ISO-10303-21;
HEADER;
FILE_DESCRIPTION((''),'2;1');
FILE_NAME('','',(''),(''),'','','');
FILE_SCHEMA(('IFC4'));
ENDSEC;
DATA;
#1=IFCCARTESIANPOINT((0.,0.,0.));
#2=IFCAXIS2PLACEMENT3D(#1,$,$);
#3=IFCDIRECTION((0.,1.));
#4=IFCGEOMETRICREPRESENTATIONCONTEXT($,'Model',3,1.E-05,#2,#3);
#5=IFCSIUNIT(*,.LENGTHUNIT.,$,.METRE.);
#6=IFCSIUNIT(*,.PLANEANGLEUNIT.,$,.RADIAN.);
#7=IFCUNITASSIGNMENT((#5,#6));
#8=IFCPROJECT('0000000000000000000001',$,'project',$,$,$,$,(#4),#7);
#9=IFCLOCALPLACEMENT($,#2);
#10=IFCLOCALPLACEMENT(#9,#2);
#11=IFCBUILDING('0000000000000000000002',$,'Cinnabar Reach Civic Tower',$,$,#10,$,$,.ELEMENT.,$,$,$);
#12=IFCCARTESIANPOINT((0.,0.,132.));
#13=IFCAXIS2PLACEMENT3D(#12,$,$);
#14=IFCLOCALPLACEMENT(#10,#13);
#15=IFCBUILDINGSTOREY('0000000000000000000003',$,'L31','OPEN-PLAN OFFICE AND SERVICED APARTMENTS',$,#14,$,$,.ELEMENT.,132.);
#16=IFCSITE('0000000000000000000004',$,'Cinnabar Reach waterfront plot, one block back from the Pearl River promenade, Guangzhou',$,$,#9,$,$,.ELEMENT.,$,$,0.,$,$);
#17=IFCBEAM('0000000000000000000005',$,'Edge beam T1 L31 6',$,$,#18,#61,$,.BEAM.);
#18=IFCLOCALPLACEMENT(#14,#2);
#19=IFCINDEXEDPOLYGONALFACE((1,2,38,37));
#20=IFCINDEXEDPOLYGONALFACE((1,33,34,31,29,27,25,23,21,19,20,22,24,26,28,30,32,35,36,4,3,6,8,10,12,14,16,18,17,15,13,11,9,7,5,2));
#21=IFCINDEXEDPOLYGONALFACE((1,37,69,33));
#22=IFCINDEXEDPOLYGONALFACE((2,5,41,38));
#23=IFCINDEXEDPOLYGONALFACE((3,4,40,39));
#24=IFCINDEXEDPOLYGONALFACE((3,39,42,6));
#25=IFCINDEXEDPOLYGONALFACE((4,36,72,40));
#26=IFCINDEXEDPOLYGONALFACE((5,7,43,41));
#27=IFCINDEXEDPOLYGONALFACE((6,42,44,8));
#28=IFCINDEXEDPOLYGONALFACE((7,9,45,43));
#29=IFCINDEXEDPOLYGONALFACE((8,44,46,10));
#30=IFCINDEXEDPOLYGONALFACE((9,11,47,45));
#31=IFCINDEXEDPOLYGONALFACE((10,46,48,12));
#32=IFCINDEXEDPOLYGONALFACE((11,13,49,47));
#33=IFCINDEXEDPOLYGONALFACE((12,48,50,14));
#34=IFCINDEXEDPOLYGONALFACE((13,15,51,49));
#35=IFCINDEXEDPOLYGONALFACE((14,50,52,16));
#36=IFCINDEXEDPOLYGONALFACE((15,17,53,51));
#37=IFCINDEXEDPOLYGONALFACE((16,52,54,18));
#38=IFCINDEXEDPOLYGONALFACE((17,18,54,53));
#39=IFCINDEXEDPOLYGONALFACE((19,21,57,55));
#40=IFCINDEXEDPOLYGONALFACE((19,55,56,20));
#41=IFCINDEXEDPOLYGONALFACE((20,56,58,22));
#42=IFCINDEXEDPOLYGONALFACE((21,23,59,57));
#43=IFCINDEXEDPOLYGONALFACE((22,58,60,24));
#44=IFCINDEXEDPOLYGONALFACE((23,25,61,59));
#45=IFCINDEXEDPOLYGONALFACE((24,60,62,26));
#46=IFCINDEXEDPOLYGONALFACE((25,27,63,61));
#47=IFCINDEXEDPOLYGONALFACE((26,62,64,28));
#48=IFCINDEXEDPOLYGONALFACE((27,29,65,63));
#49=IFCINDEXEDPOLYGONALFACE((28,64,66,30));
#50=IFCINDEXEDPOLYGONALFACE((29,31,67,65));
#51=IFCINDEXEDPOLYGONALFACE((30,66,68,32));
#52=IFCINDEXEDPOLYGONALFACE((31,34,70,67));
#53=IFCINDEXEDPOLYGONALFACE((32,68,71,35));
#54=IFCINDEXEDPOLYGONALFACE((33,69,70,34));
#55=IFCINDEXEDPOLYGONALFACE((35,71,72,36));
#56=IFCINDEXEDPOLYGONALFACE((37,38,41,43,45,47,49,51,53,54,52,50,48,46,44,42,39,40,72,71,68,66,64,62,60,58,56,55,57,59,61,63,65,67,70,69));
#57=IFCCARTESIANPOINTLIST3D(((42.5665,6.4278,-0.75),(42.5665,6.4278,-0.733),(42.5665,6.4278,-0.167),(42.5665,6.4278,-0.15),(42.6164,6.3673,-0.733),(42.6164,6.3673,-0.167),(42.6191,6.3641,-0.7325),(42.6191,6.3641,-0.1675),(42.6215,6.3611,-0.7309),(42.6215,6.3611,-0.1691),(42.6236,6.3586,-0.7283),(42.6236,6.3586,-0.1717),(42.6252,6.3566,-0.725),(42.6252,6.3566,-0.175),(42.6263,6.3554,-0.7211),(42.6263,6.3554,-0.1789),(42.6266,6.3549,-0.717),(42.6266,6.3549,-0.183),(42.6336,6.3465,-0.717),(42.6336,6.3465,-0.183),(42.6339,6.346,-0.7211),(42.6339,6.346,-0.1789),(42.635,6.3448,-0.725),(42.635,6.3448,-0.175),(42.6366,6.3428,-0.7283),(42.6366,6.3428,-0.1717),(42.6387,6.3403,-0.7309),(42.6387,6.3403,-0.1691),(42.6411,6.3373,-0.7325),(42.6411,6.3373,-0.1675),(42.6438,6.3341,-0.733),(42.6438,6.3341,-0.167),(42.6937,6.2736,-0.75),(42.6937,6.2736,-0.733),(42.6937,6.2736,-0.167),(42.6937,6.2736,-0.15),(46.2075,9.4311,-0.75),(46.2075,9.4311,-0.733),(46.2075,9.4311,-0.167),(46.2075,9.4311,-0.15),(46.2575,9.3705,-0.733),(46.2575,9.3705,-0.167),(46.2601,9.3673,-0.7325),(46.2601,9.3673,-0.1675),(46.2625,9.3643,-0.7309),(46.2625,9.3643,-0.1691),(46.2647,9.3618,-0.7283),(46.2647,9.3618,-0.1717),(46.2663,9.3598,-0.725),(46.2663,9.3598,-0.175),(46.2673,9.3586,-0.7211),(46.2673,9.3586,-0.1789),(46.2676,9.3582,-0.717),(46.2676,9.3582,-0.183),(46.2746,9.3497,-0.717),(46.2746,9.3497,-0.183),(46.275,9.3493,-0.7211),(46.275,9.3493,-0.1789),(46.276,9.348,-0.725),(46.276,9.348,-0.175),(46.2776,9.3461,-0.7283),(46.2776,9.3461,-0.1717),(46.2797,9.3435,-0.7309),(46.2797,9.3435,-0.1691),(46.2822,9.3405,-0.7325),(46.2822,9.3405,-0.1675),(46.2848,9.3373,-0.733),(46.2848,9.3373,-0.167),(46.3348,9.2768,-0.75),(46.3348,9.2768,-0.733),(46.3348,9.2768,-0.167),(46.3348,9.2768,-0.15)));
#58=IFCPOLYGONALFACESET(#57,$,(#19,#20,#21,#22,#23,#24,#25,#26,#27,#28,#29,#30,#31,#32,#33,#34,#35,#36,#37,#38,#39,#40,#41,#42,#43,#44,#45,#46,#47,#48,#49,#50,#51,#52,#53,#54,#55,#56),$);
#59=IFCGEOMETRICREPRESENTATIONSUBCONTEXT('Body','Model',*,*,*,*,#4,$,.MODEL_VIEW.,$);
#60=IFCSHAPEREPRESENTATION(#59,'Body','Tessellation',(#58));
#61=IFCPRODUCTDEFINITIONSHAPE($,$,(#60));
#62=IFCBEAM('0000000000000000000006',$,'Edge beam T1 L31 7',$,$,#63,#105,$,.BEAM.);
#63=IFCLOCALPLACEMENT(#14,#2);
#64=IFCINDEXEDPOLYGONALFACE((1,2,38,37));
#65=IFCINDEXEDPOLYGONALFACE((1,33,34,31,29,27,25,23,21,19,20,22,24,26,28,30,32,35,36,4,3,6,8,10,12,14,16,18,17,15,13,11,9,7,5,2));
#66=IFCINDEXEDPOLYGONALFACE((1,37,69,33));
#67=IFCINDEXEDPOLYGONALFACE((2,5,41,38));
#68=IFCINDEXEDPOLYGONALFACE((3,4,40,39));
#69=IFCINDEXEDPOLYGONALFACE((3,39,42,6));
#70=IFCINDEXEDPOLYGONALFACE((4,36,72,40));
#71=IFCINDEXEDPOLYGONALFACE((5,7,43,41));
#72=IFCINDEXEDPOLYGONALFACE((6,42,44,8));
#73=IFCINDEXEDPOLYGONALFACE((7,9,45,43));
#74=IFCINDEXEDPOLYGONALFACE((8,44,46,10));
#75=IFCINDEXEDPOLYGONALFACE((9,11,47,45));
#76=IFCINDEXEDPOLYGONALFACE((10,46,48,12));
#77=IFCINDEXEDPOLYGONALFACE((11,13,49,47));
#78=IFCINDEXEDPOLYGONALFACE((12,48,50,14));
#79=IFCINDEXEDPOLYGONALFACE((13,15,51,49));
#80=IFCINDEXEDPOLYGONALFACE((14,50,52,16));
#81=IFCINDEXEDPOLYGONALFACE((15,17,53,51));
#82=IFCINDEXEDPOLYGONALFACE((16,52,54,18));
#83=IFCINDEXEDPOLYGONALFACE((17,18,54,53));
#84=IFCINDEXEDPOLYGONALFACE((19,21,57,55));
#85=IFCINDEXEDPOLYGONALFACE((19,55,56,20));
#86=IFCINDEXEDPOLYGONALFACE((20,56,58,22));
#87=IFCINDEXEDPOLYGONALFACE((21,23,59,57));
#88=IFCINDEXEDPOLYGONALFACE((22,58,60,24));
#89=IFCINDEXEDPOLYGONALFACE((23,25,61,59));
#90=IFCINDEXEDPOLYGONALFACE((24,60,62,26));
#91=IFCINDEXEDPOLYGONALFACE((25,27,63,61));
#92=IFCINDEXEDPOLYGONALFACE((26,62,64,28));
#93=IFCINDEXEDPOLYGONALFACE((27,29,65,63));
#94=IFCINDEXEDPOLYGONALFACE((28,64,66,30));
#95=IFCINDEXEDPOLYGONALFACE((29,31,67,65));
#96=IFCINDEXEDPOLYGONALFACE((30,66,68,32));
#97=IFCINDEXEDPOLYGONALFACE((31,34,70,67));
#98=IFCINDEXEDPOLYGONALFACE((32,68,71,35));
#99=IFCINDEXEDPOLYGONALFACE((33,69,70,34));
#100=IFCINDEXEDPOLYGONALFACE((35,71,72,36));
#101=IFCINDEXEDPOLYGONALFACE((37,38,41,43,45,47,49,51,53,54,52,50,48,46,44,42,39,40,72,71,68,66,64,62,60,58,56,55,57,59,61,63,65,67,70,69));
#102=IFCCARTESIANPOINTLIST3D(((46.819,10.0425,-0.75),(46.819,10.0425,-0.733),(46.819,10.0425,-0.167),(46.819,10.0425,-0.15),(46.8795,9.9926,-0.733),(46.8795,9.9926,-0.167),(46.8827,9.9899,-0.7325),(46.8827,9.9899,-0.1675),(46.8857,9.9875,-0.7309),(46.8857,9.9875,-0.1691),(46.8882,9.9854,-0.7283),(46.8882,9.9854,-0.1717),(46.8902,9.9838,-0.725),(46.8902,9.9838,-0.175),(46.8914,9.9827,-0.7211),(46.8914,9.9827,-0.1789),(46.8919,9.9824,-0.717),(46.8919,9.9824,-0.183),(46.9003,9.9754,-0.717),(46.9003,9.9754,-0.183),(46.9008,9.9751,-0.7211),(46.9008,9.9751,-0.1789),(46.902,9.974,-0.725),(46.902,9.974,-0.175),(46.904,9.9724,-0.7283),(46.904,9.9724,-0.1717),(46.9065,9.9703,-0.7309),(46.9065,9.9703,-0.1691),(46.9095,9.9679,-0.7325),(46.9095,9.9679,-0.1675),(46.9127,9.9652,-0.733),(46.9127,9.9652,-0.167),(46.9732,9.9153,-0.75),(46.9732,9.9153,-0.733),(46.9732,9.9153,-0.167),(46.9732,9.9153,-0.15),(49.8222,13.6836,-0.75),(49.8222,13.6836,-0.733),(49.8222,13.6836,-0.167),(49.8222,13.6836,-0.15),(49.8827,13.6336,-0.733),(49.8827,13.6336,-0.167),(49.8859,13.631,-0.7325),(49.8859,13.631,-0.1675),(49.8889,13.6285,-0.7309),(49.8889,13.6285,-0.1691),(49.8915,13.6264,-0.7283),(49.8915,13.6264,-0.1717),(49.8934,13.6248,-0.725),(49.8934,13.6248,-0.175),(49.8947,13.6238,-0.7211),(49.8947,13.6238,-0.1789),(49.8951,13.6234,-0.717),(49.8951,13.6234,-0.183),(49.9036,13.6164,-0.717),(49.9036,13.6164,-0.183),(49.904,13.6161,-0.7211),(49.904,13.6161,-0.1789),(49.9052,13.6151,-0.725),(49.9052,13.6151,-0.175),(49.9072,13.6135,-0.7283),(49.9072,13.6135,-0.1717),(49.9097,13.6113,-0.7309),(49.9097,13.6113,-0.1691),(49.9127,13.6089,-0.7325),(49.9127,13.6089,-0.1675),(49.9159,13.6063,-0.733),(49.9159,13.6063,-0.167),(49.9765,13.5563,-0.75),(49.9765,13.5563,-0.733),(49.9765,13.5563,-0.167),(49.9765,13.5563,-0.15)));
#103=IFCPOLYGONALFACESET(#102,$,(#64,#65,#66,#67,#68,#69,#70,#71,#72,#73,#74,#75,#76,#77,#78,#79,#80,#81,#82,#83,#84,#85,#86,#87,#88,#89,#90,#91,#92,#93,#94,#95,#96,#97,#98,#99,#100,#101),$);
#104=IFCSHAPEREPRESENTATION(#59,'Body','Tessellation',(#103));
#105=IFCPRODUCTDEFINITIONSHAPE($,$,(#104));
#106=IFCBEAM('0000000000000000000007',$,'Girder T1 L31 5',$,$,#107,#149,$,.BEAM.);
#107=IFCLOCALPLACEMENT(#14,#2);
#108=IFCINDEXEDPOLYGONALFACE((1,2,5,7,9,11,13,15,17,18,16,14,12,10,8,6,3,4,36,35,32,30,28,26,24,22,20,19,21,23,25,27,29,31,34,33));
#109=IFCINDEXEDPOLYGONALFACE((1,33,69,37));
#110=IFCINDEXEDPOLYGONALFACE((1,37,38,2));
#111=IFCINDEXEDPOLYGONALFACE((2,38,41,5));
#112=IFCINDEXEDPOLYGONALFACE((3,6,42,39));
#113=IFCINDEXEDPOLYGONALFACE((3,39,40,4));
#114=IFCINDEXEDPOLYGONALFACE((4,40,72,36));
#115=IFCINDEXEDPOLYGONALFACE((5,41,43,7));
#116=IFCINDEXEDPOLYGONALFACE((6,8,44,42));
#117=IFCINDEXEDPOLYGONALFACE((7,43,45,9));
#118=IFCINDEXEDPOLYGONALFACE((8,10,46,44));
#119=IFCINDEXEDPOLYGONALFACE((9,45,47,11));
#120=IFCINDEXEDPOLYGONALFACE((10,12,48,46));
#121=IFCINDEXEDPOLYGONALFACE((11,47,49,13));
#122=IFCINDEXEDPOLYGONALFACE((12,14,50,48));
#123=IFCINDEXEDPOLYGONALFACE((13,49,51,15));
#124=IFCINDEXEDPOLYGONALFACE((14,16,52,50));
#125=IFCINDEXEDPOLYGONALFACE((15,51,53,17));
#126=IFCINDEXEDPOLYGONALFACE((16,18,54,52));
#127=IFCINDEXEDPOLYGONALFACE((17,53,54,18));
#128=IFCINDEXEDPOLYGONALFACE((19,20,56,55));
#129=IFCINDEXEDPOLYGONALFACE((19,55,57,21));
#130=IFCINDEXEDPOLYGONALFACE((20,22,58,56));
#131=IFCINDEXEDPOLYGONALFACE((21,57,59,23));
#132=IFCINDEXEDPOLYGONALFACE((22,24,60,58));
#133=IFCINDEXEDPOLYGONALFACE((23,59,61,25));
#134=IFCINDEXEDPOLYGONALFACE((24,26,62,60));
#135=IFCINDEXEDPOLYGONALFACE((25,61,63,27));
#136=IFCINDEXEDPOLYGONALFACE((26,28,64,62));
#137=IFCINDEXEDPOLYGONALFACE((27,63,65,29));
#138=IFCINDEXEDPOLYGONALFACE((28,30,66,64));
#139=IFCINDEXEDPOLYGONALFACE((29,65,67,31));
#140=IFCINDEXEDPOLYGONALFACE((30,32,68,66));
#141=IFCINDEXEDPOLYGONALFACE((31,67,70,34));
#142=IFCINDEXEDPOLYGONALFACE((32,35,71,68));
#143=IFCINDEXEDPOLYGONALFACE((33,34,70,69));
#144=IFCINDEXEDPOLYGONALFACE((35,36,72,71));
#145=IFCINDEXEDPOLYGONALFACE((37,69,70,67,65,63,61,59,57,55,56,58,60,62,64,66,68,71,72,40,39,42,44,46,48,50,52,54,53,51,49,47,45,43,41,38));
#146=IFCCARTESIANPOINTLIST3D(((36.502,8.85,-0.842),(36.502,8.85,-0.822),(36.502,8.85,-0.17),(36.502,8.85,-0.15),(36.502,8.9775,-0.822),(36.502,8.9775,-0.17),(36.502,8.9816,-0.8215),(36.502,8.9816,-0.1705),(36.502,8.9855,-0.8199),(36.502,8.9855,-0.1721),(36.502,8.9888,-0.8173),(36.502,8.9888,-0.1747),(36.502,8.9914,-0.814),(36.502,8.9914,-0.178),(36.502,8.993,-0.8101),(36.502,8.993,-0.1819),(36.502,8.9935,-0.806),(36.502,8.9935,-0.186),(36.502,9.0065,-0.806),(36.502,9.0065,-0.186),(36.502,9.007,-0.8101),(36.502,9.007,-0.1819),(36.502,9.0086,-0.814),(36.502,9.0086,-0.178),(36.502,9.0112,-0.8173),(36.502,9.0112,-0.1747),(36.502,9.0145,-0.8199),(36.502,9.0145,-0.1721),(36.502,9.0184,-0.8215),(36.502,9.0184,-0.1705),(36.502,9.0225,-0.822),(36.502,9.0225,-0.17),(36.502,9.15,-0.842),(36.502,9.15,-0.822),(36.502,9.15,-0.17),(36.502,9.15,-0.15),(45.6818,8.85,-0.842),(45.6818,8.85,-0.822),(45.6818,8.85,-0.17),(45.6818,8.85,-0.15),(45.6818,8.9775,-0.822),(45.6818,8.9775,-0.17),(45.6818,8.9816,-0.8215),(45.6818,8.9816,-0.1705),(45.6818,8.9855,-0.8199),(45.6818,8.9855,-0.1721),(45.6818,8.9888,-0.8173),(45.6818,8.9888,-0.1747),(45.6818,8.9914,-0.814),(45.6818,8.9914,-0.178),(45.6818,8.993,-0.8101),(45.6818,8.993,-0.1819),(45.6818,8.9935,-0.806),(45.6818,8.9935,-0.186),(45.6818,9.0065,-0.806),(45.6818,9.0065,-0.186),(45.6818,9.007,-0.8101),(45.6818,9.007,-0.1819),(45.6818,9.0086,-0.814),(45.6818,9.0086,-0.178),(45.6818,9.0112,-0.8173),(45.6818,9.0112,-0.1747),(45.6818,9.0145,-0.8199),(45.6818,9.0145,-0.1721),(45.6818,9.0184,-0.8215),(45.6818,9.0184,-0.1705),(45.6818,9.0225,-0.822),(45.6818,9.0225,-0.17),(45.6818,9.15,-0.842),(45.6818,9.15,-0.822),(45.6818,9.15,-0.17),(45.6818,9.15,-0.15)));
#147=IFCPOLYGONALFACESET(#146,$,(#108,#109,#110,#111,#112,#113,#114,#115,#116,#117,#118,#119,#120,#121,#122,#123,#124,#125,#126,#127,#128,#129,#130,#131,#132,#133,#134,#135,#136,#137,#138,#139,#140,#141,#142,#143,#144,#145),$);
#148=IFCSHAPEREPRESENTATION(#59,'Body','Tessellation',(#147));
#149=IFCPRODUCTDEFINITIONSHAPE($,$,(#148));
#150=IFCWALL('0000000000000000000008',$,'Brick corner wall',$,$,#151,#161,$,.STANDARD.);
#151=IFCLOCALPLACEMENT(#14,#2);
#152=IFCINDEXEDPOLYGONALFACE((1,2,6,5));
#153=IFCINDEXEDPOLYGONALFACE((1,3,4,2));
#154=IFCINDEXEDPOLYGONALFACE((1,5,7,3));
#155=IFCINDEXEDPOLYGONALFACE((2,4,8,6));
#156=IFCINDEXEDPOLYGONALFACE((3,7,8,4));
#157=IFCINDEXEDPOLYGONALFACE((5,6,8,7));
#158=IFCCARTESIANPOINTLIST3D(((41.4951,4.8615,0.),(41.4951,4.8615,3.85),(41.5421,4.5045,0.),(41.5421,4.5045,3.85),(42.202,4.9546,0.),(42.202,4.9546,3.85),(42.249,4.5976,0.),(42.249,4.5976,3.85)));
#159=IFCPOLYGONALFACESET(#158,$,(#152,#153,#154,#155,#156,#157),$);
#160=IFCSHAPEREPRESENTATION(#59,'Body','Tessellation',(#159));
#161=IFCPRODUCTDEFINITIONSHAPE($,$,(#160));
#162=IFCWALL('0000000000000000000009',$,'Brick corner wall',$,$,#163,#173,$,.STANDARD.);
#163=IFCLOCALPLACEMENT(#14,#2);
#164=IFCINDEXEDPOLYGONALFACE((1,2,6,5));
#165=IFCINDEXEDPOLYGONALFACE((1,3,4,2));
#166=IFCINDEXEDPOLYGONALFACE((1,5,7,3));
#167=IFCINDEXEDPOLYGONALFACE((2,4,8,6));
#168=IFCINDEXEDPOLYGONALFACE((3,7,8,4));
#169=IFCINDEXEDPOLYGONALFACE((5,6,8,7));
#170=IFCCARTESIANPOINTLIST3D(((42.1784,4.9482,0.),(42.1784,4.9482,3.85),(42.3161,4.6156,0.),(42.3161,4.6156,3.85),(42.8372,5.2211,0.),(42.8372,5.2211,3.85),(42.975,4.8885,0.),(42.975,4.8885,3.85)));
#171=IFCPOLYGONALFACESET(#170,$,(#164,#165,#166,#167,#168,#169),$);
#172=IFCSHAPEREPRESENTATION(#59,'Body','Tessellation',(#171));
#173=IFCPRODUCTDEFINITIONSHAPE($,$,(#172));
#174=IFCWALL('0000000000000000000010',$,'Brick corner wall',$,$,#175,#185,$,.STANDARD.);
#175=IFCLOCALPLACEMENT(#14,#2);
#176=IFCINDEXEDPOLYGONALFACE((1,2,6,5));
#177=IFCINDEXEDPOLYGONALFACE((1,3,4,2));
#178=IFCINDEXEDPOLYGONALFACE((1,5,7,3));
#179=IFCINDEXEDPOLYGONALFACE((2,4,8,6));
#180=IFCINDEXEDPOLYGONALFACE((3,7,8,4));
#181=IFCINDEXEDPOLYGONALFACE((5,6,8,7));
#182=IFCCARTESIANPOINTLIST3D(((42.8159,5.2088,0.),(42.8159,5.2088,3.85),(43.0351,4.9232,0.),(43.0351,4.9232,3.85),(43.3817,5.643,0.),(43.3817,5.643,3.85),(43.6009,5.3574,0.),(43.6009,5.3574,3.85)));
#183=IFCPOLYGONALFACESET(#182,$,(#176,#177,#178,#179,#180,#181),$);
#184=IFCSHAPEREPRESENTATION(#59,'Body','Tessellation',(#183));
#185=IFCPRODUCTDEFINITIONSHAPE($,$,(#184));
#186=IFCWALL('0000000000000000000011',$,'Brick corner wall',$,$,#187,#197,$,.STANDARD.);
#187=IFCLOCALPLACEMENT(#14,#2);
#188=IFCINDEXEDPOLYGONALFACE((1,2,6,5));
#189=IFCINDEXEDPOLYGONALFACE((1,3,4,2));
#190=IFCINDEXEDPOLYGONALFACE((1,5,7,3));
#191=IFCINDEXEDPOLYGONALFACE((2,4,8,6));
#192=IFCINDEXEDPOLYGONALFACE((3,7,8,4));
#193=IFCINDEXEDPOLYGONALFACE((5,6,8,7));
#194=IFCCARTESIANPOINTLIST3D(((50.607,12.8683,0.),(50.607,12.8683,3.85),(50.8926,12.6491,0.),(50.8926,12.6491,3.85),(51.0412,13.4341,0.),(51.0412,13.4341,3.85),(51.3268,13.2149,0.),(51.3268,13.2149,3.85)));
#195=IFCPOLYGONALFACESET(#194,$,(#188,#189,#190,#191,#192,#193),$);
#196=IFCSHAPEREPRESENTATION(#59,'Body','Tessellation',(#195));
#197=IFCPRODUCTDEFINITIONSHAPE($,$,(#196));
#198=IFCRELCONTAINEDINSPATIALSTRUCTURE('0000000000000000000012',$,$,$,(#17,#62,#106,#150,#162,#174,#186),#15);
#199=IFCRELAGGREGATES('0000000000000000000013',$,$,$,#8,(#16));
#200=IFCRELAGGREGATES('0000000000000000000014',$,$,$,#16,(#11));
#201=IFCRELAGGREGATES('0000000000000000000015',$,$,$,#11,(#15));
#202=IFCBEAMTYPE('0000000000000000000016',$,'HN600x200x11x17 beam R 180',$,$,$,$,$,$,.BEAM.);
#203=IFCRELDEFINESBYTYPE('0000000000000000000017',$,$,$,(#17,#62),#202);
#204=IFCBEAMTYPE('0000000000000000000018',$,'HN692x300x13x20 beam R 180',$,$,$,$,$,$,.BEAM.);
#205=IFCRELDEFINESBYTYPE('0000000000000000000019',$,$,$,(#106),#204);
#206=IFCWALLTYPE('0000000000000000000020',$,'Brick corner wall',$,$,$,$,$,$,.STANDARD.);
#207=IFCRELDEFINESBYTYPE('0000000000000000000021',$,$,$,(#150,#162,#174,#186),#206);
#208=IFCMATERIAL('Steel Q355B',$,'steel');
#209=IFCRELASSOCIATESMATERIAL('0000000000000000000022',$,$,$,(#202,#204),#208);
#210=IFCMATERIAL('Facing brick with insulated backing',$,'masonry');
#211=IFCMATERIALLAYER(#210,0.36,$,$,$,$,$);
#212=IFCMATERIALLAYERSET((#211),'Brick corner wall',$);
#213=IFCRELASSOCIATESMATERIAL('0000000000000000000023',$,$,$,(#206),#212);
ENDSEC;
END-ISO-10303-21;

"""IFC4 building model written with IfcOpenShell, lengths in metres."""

from ifc_helpers import new_model, si_unit, direction, frame, frame_2d, origin, origin_2d, place, context, subcontext, project, spatial, rectangle, i_section, extrude, material, layer, layer_set, material_profile, profile_set, type_object, element, save


model = new_model("IFC4")

# Units and contexts
model_context = context("Model", 3, precision=1e-05, world=origin(), true_north=direction((0.0, 1.0)))
body_context = subcontext(model_context, "Body", "Model", "MODEL_VIEW")
ifc_project = project(units=[si_unit("LENGTHUNIT", "METRE"), si_unit("PLANEANGLEUNIT", "RADIAN")], contexts=[model_context])

# Site, building, storey
site_placement = place(None, origin())
site = spatial("IfcSite", under=ifc_project, at=site_placement, Name="Cinnabar Reach waterfront plot, one block back from the Pearl River promenade, Guangzhou", CompositionType="ELEMENT", RefElevation=0.0)
building_placement = place(site_placement, origin())
building = spatial("IfcBuilding", under=site, at=building_placement, Name="Cinnabar Reach Civic Tower", CompositionType="ELEMENT")
storey_placement = place(building_placement, frame((0.0, 0.0, 132.0)))
storey = spatial("IfcBuildingStorey", under=building, at=storey_placement, Name="L31", Description="OPEN-PLAN OFFICE AND SERVICED APARTMENTS", CompositionType="ELEMENT", Elevation=132.0)

# Beams
ifc_material_1 = material(Name="Steel Q355B", Category="steel")
ifc_material_profile_1 = material_profile(ifc_material_1, i_section(OverallWidth=0.2, OverallDepth=0.6, WebThickness=0.011, FlangeThickness=0.017, FilletRadius=0.016, at=origin_2d()), Name="HN600x200x11x17")
ifc_profile_set_1 = profile_set([ifc_material_profile_1], Name="Steel Q355B")
beam_type_1 = type_object("IfcBeamType", Name="HN600x200x11x17 beam R 180", PredefinedType="BEAM", material=ifc_profile_set_1)
for number, where, z_axis, x_axis, name in (
    (1, (42.6301, 6.3507, -0.45), (0.771438, 0.636304, 0.0), (-0.636304, 0.771438, 0.0), "Edge beam T1 L31 6"),
    (2, (46.8961, 9.9789, -0.45), (0.636304, 0.771438, 0.0), (-0.771438, 0.636304, 0.0), "Edge beam T1 L31 7"),
):
    element("IfcBeam", number, at=place(storey_placement, frame(where, z_axis=z_axis, x_axis=x_axis)), inside=storey, type_object=beam_type_1, Name=name, PredefinedType="BEAM", context=body_context, shape_type="SweptSolid", body=[
        extrude(i_section(OverallWidth=0.2, OverallDepth=0.6, WebThickness=0.011, FlangeThickness=0.017, FilletRadius=0.016, at=origin_2d()), origin(), (0.0, 0.0, 1.0), 4.7198),
    ])
ifc_material_profile_2 = material_profile(ifc_material_1, i_section(OverallWidth=0.3, OverallDepth=0.692, WebThickness=0.013, FlangeThickness=0.02, FilletRadius=0.016, at=origin_2d()), Name="HN692x300x13x20")
ifc_profile_set_2 = profile_set([ifc_material_profile_2], Name="Steel Q355B")
beam_type_2 = type_object("IfcBeamType", Name="HN692x300x13x20 beam R 180", PredefinedType="BEAM", material=ifc_profile_set_2)
beam_1_placement = place(storey_placement, frame((36.502, 9.0, -0.496), z_axis=(1.0, 0.0, 0.0), x_axis=(0.0, 1.0, 0.0)))
element("IfcBeam", 3, at=beam_1_placement, inside=storey, type_object=beam_type_2, Name="Girder T1 L31 5", PredefinedType="BEAM", context=body_context, shape_type="SweptSolid", body=[
    extrude(i_section(OverallWidth=0.3, OverallDepth=0.692, WebThickness=0.013, FlangeThickness=0.02, FilletRadius=0.016, at=origin_2d()), origin(), (0.0, 0.0, 1.0), 9.1798),
])

# Walls
ifc_material_2 = material(Name="Facing brick with insulated backing", Category="masonry")
ifc_layer_1 = layer(ifc_material_2, 0.36)
ifc_layer_set_1 = layer_set([ifc_layer_1], Name="Brick corner wall")
wall_type_1 = type_object("IfcWallType", Name="Brick corner wall", PredefinedType="STANDARD", material=ifc_layer_set_1)
for number, where, z_axis, x_axis, name in (
    (4, (41.5186, 4.683, 0.0), (0.0, 0.0, 1.0), (0.991441, 0.130556, 0.0), "Brick corner wall"),
    (5, (42.2473, 4.7819, 0.0), (0.0, 0.0, 1.0), (0.923872, 0.382703, 0.0), "Brick corner wall"),
):
    element("IfcWall", number, at=place(storey_placement, frame(where, z_axis=z_axis, x_axis=x_axis)), inside=storey, type_object=wall_type_1, Name=name, PredefinedType="STANDARD", context=body_context, shape_type="SweptSolid", body=[
        extrude(rectangle(XDim=0.7131, YDim=0.36, at=frame_2d((0.3565, 0.0))), origin(), (0.0, 0.0, 1.0), 3.85),
    ])
for number, where, z_axis, x_axis, name in (
    (6, (42.9255, 5.066, 0.0), (0.0, 0.0, 1.0), (0.793322, 0.608802, 0.0), "Brick corner wall"),
    (7, (50.7498, 12.7587, 0.0), (0.0, 0.0, 1.0), (0.608802, 0.793322, 0.0), "Brick corner wall"),
):
    element("IfcWall", number, at=place(storey_placement, frame(where, z_axis=z_axis, x_axis=x_axis)), inside=storey, type_object=wall_type_1, Name=name, PredefinedType="STANDARD", context=body_context, shape_type="SweptSolid", body=[
        extrude(rectangle(XDim=0.7132, YDim=0.36, at=frame_2d((0.3566, 0.0))), origin(), (0.0, 0.0, 1.0), 3.85),
    ])

save(model, "model.ifc")
